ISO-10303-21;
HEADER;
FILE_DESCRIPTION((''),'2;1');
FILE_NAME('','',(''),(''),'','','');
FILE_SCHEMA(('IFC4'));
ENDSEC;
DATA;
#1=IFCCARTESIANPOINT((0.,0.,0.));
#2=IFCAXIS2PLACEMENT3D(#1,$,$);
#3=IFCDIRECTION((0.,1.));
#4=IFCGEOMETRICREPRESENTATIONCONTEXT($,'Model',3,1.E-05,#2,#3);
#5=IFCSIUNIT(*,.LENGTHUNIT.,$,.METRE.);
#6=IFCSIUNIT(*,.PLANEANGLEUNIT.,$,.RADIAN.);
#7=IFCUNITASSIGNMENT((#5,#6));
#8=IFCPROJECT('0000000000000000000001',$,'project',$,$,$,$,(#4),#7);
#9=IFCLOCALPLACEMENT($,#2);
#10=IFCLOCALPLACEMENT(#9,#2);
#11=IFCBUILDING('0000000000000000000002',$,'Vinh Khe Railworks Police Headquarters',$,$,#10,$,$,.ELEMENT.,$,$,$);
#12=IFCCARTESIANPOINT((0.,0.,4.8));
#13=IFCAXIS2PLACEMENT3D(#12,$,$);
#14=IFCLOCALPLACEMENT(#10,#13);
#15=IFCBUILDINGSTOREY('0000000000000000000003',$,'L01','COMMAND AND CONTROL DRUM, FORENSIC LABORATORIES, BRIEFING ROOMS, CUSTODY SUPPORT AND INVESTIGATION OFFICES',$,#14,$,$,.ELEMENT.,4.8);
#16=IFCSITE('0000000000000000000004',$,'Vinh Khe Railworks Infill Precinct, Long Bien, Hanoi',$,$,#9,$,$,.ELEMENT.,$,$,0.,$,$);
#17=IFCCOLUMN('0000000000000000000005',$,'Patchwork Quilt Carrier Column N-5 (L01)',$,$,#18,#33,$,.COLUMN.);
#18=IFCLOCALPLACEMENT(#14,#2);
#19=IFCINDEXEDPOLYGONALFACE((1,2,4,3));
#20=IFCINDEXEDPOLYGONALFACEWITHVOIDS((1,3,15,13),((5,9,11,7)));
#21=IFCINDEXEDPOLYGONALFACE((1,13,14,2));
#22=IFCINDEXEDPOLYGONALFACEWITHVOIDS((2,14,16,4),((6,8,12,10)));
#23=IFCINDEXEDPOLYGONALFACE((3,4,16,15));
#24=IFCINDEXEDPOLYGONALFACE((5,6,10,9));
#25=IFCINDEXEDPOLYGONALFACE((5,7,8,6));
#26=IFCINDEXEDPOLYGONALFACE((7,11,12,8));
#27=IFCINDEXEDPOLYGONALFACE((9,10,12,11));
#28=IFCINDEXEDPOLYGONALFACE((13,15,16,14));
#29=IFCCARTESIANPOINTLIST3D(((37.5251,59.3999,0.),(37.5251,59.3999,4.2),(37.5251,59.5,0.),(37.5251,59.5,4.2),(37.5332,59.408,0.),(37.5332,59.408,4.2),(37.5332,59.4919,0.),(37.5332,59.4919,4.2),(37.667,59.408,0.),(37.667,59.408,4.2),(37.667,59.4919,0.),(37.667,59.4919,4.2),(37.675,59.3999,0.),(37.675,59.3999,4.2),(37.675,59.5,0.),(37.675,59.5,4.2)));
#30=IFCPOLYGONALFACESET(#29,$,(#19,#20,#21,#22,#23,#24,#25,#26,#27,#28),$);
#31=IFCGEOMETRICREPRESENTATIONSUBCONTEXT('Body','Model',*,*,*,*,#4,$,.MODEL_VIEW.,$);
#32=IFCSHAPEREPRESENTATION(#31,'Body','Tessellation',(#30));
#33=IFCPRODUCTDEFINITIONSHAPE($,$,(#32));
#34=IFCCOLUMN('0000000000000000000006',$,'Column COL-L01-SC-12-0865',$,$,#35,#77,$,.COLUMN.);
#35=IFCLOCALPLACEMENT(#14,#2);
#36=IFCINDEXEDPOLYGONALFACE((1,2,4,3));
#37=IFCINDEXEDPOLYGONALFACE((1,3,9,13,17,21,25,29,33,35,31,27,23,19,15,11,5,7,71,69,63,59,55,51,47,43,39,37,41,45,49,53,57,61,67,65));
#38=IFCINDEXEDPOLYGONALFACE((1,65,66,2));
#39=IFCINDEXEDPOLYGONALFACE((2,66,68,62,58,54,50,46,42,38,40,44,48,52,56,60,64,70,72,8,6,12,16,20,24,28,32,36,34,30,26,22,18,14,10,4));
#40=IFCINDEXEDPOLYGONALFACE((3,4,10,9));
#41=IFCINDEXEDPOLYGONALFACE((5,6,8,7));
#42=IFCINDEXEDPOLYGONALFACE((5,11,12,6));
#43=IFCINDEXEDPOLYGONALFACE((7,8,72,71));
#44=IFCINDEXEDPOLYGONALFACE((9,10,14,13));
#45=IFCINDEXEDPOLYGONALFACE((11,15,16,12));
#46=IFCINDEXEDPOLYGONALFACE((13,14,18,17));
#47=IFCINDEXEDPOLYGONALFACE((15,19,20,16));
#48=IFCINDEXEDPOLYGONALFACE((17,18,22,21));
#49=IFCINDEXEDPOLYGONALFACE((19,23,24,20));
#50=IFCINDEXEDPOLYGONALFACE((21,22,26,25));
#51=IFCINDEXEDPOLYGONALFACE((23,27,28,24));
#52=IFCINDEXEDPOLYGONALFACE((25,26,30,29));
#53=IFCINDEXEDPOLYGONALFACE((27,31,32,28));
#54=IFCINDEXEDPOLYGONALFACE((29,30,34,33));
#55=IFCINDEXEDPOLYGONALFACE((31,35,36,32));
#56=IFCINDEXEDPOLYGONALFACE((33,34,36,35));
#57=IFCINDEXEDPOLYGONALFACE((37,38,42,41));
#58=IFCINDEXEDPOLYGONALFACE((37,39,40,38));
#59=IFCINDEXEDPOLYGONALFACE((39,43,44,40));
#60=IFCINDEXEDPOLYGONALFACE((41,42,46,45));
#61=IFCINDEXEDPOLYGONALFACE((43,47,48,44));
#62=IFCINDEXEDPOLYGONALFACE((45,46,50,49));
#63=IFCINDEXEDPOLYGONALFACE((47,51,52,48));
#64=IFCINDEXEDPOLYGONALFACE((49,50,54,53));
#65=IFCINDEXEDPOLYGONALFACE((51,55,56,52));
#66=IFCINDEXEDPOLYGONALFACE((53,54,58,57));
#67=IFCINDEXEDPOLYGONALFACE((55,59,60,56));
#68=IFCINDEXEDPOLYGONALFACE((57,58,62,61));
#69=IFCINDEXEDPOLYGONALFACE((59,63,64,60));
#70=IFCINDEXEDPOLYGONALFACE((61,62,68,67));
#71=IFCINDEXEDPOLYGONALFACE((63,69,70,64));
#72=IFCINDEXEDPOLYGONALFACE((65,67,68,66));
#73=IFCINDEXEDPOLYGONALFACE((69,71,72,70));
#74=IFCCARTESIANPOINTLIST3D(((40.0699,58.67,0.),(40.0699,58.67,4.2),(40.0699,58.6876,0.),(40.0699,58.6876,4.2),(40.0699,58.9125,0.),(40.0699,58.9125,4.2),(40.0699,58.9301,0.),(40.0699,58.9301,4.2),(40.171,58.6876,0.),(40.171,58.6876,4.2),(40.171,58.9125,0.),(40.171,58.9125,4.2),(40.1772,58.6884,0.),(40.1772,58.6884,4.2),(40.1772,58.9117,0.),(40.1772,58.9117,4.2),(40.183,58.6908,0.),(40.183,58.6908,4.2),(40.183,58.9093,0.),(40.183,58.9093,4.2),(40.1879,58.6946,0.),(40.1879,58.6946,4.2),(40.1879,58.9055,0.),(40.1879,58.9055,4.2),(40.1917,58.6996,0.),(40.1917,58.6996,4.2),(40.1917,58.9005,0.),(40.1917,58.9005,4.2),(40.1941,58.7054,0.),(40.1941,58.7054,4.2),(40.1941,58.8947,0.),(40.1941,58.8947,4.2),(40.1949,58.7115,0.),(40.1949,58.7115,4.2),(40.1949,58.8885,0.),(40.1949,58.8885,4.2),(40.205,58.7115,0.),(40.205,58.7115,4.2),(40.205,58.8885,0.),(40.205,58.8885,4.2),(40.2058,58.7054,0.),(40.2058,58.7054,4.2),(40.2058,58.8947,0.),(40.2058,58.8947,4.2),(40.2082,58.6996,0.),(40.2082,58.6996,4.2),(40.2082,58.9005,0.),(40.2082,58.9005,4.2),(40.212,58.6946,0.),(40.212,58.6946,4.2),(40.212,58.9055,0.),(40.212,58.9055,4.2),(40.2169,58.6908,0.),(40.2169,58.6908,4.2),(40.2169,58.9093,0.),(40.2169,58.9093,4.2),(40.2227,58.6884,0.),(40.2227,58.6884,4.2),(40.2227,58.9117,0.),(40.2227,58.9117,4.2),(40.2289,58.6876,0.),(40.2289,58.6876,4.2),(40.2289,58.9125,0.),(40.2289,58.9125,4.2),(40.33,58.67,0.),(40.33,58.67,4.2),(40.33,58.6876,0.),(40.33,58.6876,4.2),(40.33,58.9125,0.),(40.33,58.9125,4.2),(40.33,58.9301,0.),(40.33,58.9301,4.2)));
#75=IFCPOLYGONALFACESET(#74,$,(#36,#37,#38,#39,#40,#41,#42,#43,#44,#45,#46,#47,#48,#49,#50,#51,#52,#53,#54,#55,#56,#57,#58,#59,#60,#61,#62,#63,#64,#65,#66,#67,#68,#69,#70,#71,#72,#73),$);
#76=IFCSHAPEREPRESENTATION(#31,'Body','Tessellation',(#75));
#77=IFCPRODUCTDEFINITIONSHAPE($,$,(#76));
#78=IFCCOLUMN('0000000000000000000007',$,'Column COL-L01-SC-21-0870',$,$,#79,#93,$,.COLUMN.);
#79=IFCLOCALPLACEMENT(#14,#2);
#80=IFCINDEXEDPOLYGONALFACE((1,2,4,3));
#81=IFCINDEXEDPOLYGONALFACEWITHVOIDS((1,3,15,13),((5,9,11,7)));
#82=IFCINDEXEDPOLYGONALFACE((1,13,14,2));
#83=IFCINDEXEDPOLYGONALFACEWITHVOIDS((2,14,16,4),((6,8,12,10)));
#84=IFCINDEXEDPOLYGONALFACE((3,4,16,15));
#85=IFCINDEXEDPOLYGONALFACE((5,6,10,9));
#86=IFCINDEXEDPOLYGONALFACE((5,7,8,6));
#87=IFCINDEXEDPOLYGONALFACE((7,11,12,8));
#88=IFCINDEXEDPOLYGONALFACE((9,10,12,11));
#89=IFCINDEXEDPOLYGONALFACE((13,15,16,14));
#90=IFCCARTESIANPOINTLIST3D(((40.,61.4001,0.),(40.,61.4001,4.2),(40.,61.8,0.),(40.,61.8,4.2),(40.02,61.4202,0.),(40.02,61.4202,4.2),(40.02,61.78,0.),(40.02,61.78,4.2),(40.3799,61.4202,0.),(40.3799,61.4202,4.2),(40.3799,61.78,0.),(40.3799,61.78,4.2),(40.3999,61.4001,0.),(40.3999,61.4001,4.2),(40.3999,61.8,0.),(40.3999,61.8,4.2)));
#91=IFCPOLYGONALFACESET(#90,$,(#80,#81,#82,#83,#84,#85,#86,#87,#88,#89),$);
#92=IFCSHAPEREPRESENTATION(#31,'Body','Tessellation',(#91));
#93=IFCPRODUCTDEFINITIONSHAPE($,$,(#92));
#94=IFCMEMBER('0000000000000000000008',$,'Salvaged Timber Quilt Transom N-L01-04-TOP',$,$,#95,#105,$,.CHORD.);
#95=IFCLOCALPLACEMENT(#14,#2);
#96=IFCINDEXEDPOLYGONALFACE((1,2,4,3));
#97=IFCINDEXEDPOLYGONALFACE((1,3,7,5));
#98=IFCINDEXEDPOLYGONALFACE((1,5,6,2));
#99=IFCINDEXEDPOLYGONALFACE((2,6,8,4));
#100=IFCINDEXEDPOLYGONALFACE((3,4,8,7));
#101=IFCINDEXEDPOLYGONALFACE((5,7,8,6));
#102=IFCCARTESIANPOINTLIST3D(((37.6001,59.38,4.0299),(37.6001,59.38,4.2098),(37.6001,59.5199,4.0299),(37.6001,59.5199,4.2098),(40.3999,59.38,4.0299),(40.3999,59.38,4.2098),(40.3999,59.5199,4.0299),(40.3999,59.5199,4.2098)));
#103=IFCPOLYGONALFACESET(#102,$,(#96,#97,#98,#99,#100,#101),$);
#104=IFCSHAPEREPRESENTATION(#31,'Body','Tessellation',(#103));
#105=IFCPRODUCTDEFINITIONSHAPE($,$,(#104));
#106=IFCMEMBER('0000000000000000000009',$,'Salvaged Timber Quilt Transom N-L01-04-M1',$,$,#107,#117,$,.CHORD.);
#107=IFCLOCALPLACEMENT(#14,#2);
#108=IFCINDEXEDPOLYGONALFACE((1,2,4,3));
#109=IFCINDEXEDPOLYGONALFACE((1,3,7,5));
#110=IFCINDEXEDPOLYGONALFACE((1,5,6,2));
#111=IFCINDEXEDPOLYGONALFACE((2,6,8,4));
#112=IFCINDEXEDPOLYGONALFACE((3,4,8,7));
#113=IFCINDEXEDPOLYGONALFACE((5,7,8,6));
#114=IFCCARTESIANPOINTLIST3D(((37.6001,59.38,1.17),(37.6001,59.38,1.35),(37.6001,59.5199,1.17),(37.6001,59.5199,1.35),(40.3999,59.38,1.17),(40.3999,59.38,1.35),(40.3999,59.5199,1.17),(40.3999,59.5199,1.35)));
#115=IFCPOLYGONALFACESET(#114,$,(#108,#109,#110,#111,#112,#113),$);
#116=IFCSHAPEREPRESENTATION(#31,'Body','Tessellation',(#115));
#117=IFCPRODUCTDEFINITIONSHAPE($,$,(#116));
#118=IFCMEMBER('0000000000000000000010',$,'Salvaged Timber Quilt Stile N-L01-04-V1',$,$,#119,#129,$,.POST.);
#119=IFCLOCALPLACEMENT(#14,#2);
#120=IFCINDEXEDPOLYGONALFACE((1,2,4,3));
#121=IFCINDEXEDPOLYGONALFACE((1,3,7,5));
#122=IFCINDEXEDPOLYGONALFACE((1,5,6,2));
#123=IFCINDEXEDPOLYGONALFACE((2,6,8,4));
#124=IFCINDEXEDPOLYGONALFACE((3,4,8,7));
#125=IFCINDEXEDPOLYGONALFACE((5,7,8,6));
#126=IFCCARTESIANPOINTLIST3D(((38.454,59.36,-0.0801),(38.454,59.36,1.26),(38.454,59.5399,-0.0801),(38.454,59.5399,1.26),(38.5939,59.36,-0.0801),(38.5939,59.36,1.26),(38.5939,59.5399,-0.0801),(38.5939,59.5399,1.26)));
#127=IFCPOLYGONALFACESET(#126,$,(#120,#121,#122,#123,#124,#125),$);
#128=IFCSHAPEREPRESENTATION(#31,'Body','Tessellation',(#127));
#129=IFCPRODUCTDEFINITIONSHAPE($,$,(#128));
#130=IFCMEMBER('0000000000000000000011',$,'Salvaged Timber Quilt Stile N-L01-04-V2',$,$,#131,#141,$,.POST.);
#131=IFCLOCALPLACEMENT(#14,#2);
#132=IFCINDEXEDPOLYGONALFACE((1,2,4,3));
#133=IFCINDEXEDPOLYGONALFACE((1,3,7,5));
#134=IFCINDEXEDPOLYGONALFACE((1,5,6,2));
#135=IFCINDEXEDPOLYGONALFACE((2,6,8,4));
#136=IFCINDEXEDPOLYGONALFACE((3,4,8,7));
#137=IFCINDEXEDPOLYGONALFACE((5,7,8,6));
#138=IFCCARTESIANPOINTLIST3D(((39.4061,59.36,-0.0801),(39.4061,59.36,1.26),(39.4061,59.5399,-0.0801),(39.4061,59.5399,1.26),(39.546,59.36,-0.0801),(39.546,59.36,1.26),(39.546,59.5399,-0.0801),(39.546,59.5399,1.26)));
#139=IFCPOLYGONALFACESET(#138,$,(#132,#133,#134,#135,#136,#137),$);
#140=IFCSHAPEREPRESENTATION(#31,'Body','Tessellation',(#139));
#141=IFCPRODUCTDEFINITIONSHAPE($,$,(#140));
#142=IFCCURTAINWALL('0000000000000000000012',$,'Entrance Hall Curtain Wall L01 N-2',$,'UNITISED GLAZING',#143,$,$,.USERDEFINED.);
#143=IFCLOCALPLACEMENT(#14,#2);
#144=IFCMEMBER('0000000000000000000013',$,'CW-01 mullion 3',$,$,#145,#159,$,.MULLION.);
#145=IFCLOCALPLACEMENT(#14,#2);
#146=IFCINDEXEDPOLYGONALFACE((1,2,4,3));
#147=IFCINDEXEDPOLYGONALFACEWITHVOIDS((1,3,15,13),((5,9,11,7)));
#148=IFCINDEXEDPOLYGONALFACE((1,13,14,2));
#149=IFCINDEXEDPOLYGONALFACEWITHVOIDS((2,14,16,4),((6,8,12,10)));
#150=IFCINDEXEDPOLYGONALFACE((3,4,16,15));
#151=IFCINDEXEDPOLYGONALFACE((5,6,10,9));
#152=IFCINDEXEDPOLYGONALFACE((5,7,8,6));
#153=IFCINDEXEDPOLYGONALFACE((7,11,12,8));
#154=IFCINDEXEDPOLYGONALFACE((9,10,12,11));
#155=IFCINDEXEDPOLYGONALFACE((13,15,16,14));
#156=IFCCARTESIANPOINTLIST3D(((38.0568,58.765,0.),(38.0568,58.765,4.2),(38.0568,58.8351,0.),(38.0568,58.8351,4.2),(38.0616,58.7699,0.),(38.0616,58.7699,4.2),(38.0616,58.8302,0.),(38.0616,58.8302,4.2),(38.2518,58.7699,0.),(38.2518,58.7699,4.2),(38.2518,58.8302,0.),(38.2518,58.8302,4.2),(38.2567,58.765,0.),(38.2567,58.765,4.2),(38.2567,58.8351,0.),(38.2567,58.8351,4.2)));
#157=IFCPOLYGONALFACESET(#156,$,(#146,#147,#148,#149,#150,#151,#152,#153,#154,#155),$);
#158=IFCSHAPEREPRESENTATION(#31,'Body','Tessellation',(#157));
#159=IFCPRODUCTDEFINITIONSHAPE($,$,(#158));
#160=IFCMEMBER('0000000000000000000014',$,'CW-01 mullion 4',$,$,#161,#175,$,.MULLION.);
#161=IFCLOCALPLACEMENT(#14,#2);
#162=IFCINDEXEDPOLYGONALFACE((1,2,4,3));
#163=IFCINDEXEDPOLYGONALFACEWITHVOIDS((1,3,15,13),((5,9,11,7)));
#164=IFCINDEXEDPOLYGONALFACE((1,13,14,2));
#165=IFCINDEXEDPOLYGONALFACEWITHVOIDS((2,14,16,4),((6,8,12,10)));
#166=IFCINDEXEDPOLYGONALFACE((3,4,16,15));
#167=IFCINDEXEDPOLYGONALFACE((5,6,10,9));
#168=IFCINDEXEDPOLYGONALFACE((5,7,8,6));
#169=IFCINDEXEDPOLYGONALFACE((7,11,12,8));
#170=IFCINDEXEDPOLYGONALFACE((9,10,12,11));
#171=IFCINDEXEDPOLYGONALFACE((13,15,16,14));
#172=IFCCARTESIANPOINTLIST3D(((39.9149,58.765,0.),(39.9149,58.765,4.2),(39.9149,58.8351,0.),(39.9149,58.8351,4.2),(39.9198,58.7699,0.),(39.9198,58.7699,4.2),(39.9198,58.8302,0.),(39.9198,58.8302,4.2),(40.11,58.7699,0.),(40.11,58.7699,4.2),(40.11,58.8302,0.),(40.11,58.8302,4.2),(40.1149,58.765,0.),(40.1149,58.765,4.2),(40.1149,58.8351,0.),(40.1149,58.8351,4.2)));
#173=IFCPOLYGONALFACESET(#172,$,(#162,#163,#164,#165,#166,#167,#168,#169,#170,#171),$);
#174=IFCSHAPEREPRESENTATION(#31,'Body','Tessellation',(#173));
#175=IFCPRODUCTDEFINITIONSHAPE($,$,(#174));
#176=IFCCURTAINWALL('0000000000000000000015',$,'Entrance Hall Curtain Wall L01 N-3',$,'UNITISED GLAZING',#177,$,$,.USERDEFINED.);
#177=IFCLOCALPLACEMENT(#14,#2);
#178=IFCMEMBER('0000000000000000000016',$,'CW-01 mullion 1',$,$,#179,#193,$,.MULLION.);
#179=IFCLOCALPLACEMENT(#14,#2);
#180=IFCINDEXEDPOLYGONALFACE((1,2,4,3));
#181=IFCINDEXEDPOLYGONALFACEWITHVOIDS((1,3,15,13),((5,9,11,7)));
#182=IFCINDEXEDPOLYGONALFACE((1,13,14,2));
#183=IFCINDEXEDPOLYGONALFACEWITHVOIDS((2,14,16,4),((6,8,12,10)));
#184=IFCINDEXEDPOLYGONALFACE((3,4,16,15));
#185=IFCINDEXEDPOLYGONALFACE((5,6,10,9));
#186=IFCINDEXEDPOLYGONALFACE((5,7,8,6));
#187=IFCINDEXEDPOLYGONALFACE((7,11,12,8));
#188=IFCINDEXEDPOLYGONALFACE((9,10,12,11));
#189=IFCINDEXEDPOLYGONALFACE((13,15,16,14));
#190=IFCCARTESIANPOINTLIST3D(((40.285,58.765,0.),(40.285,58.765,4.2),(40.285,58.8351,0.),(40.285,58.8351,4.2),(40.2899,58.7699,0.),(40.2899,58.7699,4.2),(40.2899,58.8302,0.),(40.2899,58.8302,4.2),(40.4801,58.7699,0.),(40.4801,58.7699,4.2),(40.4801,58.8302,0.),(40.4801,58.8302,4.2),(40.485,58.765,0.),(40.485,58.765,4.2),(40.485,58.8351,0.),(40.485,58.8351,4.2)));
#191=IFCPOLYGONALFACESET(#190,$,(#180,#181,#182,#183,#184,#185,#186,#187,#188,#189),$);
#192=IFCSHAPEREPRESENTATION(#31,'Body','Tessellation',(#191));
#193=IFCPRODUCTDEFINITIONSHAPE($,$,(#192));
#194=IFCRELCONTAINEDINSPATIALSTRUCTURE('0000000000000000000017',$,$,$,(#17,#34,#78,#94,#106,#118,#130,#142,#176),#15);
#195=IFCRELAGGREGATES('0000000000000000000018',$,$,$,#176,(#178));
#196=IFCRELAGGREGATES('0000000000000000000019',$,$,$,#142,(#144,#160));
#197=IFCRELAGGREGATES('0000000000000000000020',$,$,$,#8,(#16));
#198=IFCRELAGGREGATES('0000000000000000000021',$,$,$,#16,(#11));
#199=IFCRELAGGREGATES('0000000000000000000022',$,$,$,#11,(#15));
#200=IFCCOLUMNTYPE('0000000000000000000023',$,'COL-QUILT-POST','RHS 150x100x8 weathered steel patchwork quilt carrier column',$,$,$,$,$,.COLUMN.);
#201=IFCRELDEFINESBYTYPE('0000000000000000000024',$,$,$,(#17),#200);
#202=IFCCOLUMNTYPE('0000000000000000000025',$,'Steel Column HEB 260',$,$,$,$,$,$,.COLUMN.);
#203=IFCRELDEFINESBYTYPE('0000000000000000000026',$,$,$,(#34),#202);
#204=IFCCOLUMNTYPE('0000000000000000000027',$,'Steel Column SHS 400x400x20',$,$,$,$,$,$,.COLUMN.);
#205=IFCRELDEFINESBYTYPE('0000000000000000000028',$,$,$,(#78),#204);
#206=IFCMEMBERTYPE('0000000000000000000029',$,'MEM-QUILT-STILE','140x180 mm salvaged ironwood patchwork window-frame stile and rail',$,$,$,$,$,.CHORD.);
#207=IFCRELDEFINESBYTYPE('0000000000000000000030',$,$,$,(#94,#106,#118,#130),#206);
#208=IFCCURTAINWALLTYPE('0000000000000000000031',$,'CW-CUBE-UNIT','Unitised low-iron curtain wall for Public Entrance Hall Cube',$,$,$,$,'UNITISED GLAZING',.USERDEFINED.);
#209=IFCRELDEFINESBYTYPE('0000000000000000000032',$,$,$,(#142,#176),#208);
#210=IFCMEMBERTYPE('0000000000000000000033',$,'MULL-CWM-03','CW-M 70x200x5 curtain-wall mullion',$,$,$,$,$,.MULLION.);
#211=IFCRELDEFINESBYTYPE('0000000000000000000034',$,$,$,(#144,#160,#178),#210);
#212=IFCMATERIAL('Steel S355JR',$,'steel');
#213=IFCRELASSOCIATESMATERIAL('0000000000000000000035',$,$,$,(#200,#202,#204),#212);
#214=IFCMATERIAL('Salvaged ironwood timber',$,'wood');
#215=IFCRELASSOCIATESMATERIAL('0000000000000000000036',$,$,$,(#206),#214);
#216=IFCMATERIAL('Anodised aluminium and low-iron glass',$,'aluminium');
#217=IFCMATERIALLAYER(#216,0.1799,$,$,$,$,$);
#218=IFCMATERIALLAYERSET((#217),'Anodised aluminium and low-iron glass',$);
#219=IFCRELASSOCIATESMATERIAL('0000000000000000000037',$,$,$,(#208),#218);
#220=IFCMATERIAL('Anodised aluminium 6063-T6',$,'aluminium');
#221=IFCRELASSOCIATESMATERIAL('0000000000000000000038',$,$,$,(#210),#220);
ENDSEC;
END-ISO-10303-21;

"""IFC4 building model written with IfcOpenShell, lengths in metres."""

from ifc_helpers import new_model, si_unit, direction, frame, origin, origin_2d, place, context, subcontext, project, spatial, rectangle, hollow_rectangle, i_section, extrude, material, layer, layer_set, material_profile, profile_set, type_object, element, aggregate, save


model = new_model("IFC4")

# Units and contexts
model_context = context("Model", 3, precision=1e-05, world=origin(), true_north=direction((0.0, 1.0)))
body_context = subcontext(model_context, "Body", "Model", "MODEL_VIEW")
ifc_project = project(units=[si_unit("LENGTHUNIT", "METRE"), si_unit("PLANEANGLEUNIT", "RADIAN")], contexts=[model_context])

# Site, building, storey
site_placement = place(None, origin())
site = spatial("IfcSite", under=ifc_project, at=site_placement, Name="Vinh Khe Railworks Infill Precinct, Long Bien, Hanoi", CompositionType="ELEMENT", RefElevation=0.0)
building_placement = place(site_placement, origin())
building = spatial("IfcBuilding", under=site, at=building_placement, Name="Vinh Khe Railworks Police Headquarters", CompositionType="ELEMENT")
storey_placement = place(building_placement, frame((0.0, 0.0, 4.8)))
storey = spatial("IfcBuildingStorey", under=building, at=storey_placement, Name="L01", Description="COMMAND AND CONTROL DRUM, FORENSIC LABORATORIES, BRIEFING ROOMS, CUSTODY SUPPORT AND INVESTIGATION OFFICES", CompositionType="ELEMENT", Elevation=4.8)

# Columns
ifc_material_1 = material(Name="Steel S355JR", Category="steel")
ifc_material_profile_1 = material_profile(ifc_material_1, hollow_rectangle(XDim=0.1499, YDim=0.1001, WallThickness=0.0081, at=origin_2d()), Name="RHS 150x100x8")
ifc_profile_set_1 = profile_set([ifc_material_profile_1], Name="Steel S355JR")
column_type_1 = type_object("IfcColumnType", Name="COL-QUILT-POST", Description="RHS 150x100x8 weathered steel patchwork quilt carrier column", PredefinedType="COLUMN", material=ifc_profile_set_1)
column_1_placement = place(storey_placement, frame((37.6001, 59.45, 0.0), z_axis=(0.0, 0.0, 1.0), x_axis=(1.0, 0.0, 0.0)))
element("IfcColumn", 1, at=column_1_placement, inside=storey, type_object=column_type_1, Name="Patchwork Quilt Carrier Column N-5 (L01)", PredefinedType="COLUMN", context=body_context, shape_type="SweptSolid", body=[
    extrude(hollow_rectangle(XDim=0.1499, YDim=0.1001, WallThickness=0.0081, at=origin_2d()), origin(), (0.0, 0.0, 1.0), 4.2),
])
ifc_material_profile_2 = material_profile(ifc_material_1, i_section(OverallWidth=0.26, OverallDepth=0.26, WebThickness=0.01, FlangeThickness=0.0176, FilletRadius=0.0239, at=origin_2d()), Name="HEB 260")
ifc_profile_set_2 = profile_set([ifc_material_profile_2], Name="Steel S355JR")
column_type_2 = type_object("IfcColumnType", Name="Steel Column HEB 260", PredefinedType="COLUMN", material=ifc_profile_set_2)
column_2_placement = place(storey_placement, frame((40.2, 58.8, 0.0), z_axis=(0.0, 0.0, 1.0), x_axis=(1.0, 0.0, 0.0)))
element("IfcColumn", 2, at=column_2_placement, inside=storey, type_object=column_type_2, Name="Column COL-L01-SC-12-0865", PredefinedType="COLUMN", context=body_context, shape_type="SweptSolid", body=[
    extrude(i_section(OverallWidth=0.26, OverallDepth=0.26, WebThickness=0.01, FlangeThickness=0.0176, FilletRadius=0.0239, at=origin_2d()), origin(), (0.0, 0.0, 1.0), 4.2),
])
ifc_material_profile_3 = material_profile(ifc_material_1, hollow_rectangle(XDim=0.3999, YDim=0.3999, WallThickness=0.02, at=origin_2d()), Name="SHS 400x400x20")
ifc_profile_set_3 = profile_set([ifc_material_profile_3], Name="Steel S355JR")
column_type_3 = type_object("IfcColumnType", Name="Steel Column SHS 400x400x20", PredefinedType="COLUMN", material=ifc_profile_set_3)
column_3_placement = place(storey_placement, frame((40.2, 61.6001, 0.0), z_axis=(0.0, 0.0, 1.0), x_axis=(1.0, 0.0, 0.0)))
element("IfcColumn", 3, at=column_3_placement, inside=storey, type_object=column_type_3, Name="Column COL-L01-SC-21-0870", PredefinedType="COLUMN", context=body_context, shape_type="SweptSolid", body=[
    extrude(hollow_rectangle(XDim=0.3999, YDim=0.3999, WallThickness=0.02, at=origin_2d()), origin(), (0.0, 0.0, 1.0), 4.2),
])

# Members
ifc_material_2 = material(Name="Salvaged ironwood timber", Category="wood")
ifc_material_profile_4 = material_profile(ifc_material_2, rectangle(XDim=0.1399, YDim=0.1799, at=origin_2d()), Name="TIMBER 140x180")
ifc_profile_set_4 = profile_set([ifc_material_profile_4], Name="Salvaged ironwood timber")
member_type_1 = type_object("IfcMemberType", Name="MEM-QUILT-STILE", Description="140x180 mm salvaged ironwood patchwork window-frame stile and rail", PredefinedType="CHORD", material=ifc_profile_set_4)
for number, where, z_axis, x_axis, name in (
    (4, (37.6001, 59.45, 4.1199), (1.0, 0.0, 0.0), (0.0, 1.0, 0.0), "Salvaged Timber Quilt Transom N-L01-04-TOP"),
    (5, (37.6001, 59.45, 1.26), (1.0, 0.0, 0.0), (0.0, 1.0, 0.0), "Salvaged Timber Quilt Transom N-L01-04-M1"),
):
    element("IfcMember", number, at=place(storey_placement, frame(where, z_axis=z_axis, x_axis=x_axis)), inside=storey, type_object=member_type_1, Name=name, PredefinedType="CHORD", context=body_context, shape_type="SweptSolid", body=[
        extrude(rectangle(XDim=0.1399, YDim=0.1799, at=origin_2d()), origin(), (0.0, 0.0, 1.0), 2.7998),
    ])
for number, where, z_axis, x_axis, name in (
    (6, (38.5239, 59.45, -0.0801), (0.0, 0.0, 1.0), (1.0, 0.0, 0.0), "Salvaged Timber Quilt Stile N-L01-04-V1"),
    (7, (39.4761, 59.45, -0.0801), (0.0, 0.0, 1.0), (1.0, 0.0, 0.0), "Salvaged Timber Quilt Stile N-L01-04-V2"),
):
    element("IfcMember", number, at=place(storey_placement, frame(where, z_axis=z_axis, x_axis=x_axis)), inside=storey, type_object=member_type_1, Name=name, PredefinedType="POST", context=body_context, shape_type="SweptSolid", body=[
        extrude(rectangle(XDim=0.1399, YDim=0.1799, at=origin_2d()), origin(), (0.0, 0.0, 1.0), 1.3401),
    ])

# Curtain wall, members
ifc_material_3 = material(Name="Anodised aluminium and low-iron glass", Category="aluminium")
ifc_layer_1 = layer(ifc_material_3, 0.1799)
ifc_layer_set_1 = layer_set([ifc_layer_1], Name="Anodised aluminium and low-iron glass")
curtain_wall_type = type_object("IfcCurtainWallType", Name="CW-CUBE-UNIT", Description="Unitised low-iron curtain wall for Public Entrance Hall Cube", ElementType="UNITISED GLAZING", PredefinedType="USERDEFINED", material=ifc_layer_set_1)
curtain_wall_1_placement = place(storey_placement, origin())
curtain_wall_1 = element("IfcCurtainWall", 8, at=curtain_wall_1_placement, inside=storey, type_object=curtain_wall_type, Name="Entrance Hall Curtain Wall L01 N-2", ObjectType="UNITISED GLAZING", PredefinedType="USERDEFINED")
ifc_material_4 = material(Name="Anodised aluminium 6063-T6", Category="aluminium")
ifc_material_profile_5 = material_profile(ifc_material_4, hollow_rectangle(XDim=0.0701, YDim=0.2, WallThickness=0.0049, at=origin_2d()), Name="CW-M 70x200x5")
ifc_profile_set_5 = profile_set([ifc_material_profile_5], Name="Anodised aluminium 6063-T6")
member_type_2 = type_object("IfcMemberType", Name="MULL-CWM-03", Description="CW-M 70x200x5 curtain-wall mullion", PredefinedType="MULLION", material=ifc_profile_set_5)
member_1_placement = place(storey_placement, frame((38.1567, 58.8, 0.0), z_axis=(0.0, 0.0, 1.0), x_axis=(0.0, 1.0, 0.0)))
member_1 = element("IfcMember", 9, at=member_1_placement, type_object=member_type_2, Name="CW-01 mullion 3", PredefinedType="MULLION", context=body_context, shape_type="SweptSolid", body=[
    extrude(hollow_rectangle(XDim=0.0701, YDim=0.2, WallThickness=0.0049, at=origin_2d()), origin(), (0.0, 0.0, 1.0), 4.2),
])
member_2_placement = place(storey_placement, frame((40.0149, 58.8, 0.0), z_axis=(0.0, 0.0, 1.0), x_axis=(0.0, 1.0, 0.0)))
member_2 = element("IfcMember", 10, at=member_2_placement, type_object=member_type_2, Name="CW-01 mullion 4", PredefinedType="MULLION", context=body_context, shape_type="SweptSolid", body=[
    extrude(hollow_rectangle(XDim=0.0701, YDim=0.2, WallThickness=0.0049, at=origin_2d()), origin(), (0.0, 0.0, 1.0), 4.2),
])

# Curtain wall, member
curtain_wall_2_placement = place(storey_placement, origin())
curtain_wall_2 = element("IfcCurtainWall", 11, at=curtain_wall_2_placement, inside=storey, type_object=curtain_wall_type, Name="Entrance Hall Curtain Wall L01 N-3", ObjectType="UNITISED GLAZING", PredefinedType="USERDEFINED")
member_3_placement = place(storey_placement, frame((40.385, 58.8, 0.0), z_axis=(0.0, 0.0, 1.0), x_axis=(0.0, 1.0, 0.0)))
member_3 = element("IfcMember", 12, at=member_3_placement, type_object=member_type_2, Name="CW-01 mullion 1", PredefinedType="MULLION", context=body_context, shape_type="SweptSolid", body=[
    extrude(hollow_rectangle(XDim=0.0701, YDim=0.2, WallThickness=0.0049, at=origin_2d()), origin(), (0.0, 0.0, 1.0), 4.2),
])
aggregate(curtain_wall_2, [member_3])

aggregate(curtain_wall_1, [member_1, member_2])

save(model, "model.ifc")
